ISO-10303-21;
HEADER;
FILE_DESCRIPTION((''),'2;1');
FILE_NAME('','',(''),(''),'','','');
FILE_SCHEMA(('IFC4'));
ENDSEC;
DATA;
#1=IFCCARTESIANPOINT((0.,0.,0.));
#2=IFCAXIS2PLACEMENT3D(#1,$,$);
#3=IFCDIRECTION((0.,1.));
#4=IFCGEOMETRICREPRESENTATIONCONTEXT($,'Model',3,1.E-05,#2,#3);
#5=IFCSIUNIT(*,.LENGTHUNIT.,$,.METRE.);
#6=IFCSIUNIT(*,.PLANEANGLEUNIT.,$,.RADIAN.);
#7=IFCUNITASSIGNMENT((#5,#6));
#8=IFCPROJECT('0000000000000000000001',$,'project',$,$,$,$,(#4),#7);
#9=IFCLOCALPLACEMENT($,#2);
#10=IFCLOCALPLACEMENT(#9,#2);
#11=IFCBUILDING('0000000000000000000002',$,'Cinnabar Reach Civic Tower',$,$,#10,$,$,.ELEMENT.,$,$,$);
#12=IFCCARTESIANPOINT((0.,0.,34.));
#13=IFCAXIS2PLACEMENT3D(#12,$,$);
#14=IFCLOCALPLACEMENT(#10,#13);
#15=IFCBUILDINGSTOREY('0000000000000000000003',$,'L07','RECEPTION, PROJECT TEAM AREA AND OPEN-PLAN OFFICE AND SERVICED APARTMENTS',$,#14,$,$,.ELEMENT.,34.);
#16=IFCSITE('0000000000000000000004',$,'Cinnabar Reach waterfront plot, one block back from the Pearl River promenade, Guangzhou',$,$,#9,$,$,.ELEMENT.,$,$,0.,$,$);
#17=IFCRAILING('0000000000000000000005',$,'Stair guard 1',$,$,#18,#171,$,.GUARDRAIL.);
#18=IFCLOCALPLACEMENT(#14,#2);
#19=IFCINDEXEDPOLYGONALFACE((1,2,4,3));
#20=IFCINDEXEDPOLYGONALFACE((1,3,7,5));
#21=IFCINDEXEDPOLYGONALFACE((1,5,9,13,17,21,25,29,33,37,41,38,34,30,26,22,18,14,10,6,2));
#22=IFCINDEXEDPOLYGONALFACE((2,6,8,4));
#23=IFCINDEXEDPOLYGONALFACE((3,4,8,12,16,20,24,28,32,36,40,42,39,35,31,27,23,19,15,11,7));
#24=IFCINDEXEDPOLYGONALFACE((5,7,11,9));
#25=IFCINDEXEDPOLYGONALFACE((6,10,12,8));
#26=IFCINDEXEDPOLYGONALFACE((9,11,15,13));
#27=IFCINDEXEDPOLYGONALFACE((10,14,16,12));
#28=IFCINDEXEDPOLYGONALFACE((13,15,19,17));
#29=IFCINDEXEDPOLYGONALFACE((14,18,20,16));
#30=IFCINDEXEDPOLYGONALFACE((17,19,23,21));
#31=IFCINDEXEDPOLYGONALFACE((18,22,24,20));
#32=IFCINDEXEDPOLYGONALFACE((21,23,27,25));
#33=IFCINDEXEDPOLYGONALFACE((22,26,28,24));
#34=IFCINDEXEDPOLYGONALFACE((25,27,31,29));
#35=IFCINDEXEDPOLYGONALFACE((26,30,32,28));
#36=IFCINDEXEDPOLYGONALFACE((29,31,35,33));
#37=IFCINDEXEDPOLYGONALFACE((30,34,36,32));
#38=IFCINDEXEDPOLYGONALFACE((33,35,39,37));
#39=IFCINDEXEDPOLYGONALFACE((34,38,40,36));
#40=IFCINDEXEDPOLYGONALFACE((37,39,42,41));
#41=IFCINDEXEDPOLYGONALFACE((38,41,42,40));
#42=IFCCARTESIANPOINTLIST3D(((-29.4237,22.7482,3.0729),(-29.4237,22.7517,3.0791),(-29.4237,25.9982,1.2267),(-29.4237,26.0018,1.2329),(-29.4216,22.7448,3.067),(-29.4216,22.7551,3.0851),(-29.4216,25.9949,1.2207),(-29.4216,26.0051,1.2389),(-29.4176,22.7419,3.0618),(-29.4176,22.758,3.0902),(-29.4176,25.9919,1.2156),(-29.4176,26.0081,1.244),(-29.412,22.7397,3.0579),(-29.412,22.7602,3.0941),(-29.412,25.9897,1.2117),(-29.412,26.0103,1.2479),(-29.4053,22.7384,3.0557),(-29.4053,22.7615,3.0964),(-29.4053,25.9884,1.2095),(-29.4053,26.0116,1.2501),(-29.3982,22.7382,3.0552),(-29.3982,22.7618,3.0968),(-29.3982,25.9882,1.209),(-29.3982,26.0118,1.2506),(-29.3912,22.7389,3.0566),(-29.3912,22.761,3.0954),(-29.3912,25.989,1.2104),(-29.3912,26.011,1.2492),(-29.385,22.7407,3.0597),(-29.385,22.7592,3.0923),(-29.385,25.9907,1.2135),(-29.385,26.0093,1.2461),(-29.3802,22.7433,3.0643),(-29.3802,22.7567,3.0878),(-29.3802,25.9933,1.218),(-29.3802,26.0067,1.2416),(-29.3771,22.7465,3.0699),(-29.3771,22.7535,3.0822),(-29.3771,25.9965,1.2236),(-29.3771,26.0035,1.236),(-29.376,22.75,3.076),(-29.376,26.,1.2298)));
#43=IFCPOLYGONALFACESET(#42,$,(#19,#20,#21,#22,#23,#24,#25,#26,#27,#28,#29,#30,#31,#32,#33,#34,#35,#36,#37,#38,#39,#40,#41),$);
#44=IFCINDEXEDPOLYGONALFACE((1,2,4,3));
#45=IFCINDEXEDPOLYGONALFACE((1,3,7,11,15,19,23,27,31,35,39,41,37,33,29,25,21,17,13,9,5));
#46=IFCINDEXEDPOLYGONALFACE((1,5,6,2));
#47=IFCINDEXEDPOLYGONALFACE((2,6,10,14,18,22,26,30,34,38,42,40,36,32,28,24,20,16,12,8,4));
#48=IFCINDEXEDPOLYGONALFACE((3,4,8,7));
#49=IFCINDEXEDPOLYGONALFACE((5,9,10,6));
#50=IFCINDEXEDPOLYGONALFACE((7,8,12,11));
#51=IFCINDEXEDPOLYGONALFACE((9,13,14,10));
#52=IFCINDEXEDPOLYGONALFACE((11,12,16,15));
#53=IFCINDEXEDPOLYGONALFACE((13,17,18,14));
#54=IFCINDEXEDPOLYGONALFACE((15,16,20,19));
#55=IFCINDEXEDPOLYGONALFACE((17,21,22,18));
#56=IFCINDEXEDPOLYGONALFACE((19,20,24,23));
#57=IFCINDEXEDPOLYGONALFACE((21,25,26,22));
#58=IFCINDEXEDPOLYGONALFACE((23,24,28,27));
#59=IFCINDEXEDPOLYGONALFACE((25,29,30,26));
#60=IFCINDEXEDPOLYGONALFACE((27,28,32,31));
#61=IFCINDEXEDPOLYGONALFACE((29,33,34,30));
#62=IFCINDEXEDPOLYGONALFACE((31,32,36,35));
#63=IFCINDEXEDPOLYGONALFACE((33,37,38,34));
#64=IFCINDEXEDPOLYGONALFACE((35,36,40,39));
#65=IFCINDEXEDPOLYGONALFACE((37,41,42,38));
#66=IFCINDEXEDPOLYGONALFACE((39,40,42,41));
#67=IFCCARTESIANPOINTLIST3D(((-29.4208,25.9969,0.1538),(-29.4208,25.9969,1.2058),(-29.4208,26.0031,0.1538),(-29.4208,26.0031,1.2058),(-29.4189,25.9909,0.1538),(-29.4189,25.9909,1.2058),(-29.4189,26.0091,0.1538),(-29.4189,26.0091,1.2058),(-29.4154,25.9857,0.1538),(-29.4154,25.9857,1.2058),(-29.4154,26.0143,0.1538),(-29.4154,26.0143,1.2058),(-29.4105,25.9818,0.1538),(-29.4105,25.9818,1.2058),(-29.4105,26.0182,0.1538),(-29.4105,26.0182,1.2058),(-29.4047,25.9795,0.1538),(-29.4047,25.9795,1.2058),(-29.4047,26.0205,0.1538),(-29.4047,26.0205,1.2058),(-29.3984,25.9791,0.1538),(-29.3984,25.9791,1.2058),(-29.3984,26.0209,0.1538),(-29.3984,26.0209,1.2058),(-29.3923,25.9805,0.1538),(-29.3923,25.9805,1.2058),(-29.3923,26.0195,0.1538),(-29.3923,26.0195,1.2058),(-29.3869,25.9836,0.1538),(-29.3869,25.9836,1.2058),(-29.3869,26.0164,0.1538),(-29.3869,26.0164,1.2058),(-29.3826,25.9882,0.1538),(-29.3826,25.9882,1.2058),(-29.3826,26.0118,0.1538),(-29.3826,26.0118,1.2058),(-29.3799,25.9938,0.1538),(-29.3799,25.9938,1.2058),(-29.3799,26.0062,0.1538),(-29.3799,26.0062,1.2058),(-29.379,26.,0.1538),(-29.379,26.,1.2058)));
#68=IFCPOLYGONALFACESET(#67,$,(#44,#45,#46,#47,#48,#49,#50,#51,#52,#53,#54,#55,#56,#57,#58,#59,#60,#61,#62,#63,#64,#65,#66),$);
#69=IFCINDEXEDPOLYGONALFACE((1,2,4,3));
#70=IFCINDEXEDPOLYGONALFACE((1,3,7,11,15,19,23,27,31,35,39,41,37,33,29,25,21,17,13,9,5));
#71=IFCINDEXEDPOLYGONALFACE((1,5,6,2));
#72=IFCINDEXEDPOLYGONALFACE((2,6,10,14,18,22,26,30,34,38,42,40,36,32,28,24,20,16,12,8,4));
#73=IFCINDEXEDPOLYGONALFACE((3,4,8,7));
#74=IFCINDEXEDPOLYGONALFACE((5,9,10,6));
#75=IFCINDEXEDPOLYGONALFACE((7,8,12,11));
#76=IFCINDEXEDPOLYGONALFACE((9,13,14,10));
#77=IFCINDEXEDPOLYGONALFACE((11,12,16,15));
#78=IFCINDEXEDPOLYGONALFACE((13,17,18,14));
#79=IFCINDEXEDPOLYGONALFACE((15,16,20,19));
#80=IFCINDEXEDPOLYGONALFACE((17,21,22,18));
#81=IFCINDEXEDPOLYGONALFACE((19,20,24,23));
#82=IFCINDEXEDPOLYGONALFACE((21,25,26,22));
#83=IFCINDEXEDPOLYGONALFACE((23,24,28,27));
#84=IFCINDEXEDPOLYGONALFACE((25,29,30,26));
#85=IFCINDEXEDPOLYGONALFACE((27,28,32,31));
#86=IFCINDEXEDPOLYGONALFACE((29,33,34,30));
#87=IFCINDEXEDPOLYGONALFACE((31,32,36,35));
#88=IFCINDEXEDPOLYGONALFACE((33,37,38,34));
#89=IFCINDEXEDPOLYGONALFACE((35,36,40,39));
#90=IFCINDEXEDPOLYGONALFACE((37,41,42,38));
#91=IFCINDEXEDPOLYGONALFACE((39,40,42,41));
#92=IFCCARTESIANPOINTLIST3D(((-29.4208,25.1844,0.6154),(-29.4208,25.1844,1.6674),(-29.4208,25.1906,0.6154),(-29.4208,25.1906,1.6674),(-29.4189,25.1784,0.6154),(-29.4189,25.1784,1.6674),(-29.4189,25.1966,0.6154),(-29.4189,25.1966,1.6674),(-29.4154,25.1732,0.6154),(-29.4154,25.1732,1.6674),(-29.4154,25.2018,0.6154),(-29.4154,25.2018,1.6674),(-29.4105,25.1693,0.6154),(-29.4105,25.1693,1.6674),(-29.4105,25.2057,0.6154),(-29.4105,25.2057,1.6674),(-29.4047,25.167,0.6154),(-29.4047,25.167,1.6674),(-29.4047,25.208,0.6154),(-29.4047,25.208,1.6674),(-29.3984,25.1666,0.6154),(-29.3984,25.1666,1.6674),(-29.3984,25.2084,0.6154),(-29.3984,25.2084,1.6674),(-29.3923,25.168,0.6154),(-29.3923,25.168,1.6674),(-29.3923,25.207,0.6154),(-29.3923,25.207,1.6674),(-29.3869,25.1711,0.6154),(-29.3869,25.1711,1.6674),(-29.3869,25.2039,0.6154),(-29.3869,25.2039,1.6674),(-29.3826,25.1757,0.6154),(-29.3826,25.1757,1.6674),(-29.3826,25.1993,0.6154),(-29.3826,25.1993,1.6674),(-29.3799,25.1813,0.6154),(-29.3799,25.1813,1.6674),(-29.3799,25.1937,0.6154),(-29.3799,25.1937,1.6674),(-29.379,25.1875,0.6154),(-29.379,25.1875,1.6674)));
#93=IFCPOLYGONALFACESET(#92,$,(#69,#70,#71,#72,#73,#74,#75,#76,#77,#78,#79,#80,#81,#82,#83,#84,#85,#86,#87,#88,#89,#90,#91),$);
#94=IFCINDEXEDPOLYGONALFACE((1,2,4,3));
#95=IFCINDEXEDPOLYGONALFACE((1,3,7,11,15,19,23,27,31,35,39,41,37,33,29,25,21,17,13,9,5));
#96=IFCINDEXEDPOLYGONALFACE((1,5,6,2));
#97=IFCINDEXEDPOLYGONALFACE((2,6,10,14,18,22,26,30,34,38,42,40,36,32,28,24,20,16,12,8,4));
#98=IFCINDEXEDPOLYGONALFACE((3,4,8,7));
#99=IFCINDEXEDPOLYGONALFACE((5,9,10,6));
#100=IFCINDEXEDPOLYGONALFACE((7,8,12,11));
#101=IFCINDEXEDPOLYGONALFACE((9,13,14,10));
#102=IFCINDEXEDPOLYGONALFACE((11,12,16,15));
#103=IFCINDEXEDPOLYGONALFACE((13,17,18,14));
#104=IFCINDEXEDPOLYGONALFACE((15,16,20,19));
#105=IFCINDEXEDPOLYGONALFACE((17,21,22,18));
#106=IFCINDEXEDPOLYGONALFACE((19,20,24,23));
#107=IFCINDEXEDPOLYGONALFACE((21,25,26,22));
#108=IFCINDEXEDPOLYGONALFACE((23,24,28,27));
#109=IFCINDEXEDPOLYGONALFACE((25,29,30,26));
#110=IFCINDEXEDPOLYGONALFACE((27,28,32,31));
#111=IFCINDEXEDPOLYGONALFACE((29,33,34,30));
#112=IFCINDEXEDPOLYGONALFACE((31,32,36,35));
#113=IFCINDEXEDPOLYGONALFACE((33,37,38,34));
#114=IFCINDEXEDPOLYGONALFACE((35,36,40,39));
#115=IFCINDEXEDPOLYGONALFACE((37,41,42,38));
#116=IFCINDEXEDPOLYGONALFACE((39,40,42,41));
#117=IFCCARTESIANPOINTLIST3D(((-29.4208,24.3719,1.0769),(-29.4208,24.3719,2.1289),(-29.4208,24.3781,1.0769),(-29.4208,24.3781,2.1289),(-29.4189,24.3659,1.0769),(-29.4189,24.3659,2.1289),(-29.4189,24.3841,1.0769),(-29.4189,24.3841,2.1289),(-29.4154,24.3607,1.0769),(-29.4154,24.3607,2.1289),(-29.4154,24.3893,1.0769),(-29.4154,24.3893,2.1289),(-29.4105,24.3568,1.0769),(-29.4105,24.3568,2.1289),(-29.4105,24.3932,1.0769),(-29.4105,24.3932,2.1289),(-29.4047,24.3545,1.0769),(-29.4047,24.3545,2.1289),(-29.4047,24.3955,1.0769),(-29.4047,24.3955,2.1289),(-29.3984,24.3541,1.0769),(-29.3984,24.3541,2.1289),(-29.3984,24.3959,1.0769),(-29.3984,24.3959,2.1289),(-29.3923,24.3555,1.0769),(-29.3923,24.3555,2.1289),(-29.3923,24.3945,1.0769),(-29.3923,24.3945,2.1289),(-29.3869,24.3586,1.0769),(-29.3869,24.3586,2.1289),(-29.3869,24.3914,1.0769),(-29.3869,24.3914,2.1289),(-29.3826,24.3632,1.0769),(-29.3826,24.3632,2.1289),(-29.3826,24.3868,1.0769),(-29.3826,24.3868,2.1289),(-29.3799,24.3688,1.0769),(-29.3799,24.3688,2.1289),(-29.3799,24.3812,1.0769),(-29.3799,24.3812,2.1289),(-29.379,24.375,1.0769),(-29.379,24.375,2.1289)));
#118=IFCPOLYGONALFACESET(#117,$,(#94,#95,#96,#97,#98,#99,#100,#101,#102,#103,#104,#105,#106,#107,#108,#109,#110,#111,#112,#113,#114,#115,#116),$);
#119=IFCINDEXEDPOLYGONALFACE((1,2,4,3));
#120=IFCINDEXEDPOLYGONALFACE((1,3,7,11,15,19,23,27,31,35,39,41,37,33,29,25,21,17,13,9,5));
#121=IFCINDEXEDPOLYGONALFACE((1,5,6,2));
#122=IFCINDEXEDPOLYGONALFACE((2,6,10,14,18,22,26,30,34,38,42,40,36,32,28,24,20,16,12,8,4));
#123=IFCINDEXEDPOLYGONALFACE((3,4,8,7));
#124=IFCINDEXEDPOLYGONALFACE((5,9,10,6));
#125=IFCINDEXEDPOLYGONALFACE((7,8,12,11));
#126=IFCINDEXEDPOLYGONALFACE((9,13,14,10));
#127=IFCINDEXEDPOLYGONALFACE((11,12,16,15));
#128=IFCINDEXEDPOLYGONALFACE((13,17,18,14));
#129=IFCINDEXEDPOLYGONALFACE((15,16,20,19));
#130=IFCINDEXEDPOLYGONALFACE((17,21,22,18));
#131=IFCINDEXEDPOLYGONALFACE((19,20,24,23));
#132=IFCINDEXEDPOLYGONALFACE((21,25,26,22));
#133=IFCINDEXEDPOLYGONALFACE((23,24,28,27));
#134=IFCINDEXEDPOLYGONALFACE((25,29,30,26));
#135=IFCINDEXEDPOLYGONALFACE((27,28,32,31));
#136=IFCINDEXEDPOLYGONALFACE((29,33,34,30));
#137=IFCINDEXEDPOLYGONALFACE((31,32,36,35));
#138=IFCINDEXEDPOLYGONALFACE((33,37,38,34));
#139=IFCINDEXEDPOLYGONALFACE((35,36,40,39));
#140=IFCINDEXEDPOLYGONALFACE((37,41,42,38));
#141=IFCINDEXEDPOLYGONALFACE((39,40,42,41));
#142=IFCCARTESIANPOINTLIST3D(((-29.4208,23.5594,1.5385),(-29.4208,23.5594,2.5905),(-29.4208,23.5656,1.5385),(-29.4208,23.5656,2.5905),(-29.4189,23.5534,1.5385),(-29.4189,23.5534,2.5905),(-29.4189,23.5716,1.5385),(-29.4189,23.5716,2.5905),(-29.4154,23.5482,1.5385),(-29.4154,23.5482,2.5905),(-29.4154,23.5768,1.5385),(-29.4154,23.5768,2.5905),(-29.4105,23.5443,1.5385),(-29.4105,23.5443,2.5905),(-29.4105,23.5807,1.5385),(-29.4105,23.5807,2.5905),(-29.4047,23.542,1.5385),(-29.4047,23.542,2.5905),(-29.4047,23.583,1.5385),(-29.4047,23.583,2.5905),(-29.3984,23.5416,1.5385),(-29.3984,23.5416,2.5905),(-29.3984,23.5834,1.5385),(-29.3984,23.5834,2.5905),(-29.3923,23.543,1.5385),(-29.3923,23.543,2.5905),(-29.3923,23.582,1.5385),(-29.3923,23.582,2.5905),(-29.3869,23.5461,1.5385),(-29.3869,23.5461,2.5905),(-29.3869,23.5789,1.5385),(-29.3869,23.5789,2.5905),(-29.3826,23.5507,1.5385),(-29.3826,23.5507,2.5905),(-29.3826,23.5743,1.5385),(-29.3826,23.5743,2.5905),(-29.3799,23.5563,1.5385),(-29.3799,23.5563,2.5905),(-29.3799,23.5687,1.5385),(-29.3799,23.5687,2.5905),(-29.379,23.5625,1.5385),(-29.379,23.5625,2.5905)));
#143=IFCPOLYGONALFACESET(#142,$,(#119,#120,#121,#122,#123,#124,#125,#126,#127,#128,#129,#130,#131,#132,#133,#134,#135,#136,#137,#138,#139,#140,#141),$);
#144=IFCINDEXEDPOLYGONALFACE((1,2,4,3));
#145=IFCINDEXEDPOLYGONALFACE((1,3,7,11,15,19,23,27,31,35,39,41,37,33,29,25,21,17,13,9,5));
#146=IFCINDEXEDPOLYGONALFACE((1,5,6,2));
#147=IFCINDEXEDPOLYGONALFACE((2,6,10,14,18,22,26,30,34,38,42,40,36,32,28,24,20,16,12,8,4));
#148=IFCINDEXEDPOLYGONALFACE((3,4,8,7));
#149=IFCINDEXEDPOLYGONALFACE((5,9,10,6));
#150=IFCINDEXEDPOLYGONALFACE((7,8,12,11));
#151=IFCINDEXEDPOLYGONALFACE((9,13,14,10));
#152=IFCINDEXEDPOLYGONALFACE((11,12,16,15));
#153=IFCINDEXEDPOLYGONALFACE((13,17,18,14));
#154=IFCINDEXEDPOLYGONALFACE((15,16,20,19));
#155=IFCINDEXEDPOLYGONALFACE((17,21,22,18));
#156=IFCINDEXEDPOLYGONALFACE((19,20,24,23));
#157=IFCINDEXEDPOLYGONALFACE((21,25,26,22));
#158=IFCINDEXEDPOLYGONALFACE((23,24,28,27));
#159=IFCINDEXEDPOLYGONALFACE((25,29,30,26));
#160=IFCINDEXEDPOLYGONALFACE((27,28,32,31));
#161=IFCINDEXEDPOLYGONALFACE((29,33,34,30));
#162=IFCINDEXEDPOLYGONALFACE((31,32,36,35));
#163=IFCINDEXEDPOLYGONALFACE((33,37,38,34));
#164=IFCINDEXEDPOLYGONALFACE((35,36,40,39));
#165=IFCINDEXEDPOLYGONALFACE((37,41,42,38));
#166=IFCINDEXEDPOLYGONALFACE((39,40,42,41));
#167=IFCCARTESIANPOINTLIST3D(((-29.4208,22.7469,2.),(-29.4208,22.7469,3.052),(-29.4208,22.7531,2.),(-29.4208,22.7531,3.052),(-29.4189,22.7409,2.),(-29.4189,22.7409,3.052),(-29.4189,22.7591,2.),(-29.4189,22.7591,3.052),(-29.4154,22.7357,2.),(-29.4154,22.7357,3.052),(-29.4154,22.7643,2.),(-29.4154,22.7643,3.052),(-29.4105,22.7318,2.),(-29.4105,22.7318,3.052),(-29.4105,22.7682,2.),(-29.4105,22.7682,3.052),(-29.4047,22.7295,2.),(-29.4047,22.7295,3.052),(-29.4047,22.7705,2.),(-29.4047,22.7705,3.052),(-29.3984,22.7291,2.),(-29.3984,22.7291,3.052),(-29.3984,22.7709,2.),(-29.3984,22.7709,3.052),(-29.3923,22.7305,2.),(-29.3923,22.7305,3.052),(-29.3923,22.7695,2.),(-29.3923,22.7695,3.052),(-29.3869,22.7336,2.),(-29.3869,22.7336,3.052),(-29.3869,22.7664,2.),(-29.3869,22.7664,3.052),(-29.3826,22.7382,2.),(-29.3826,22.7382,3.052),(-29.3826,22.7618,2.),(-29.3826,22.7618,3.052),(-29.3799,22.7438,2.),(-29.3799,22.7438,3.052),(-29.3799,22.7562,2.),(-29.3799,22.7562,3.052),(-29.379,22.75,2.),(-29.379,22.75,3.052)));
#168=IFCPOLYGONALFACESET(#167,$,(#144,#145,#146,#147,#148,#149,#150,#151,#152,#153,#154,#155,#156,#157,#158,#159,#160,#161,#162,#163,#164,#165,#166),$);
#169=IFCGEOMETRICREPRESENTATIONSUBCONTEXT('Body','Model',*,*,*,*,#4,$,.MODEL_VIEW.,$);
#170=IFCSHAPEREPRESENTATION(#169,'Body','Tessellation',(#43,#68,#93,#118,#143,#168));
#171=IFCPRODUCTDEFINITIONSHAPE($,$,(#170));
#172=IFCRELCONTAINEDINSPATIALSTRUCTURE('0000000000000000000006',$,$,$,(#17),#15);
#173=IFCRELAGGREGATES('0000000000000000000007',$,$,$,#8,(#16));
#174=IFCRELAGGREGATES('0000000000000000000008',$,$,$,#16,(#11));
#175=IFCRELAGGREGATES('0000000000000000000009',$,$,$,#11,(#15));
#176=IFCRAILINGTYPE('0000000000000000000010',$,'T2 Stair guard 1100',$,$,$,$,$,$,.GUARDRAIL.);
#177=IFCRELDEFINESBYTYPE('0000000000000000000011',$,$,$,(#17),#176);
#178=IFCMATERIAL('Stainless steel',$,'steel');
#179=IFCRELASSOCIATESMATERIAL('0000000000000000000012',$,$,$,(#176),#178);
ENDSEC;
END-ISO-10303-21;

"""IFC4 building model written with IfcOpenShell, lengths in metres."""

from ifc_helpers import new_model, si_unit, direction, frame, origin, origin_2d, place, context, subcontext, project, spatial, circle, extrude, material, type_object, element, save


model = new_model("IFC4")

# Units and contexts
model_context = context("Model", 3, precision=1e-05, world=origin(), true_north=direction((0.0, 1.0)))
body_context = subcontext(model_context, "Body", "Model", "MODEL_VIEW")
ifc_project = project(units=[si_unit("LENGTHUNIT", "METRE"), si_unit("PLANEANGLEUNIT", "RADIAN")], contexts=[model_context])

# Site, building, storey
site_placement = place(None, origin())
site = spatial("IfcSite", under=ifc_project, at=site_placement, Name="Cinnabar Reach waterfront plot, one block back from the Pearl River promenade, Guangzhou", CompositionType="ELEMENT", RefElevation=0.0)
building_placement = place(site_placement, origin())
building = spatial("IfcBuilding", under=site, at=building_placement, Name="Cinnabar Reach Civic Tower", CompositionType="ELEMENT")
storey_placement = place(building_placement, frame((0.0, 0.0, 34.0)))
storey = spatial("IfcBuildingStorey", under=building, at=storey_placement, Name="L07", Description="RECEPTION, PROJECT TEAM AREA AND OPEN-PLAN OFFICE AND SERVICED APARTMENTS", CompositionType="ELEMENT", Elevation=34.0)

# Railing
ifc_material_1 = material(Name="Stainless steel", Category="steel")
railing_type = type_object("IfcRailingType", Name="T2 Stair guard 1100", PredefinedType="GUARDRAIL", material=ifc_material_1)
railing_1_placement = place(storey_placement, frame((-29.4, 26.0, 0.1538)))
element("IfcRailing", 1, at=railing_1_placement, inside=storey, type_object=railing_type, Name="Stair guard 1", PredefinedType="GUARDRAIL", context=body_context, shape_type="SweptSolid", body=[
    extrude(circle(Radius=0.024, at=origin_2d()), frame((0.0, 0.0, 1.076), z_axis=(0.0, -0.869501, 0.49393), x_axis=(1.0, 0.0, 0.0)), (0.0, 0.0, 1.0), 3.7378),
    extrude(circle(Radius=0.021, at=origin_2d()), origin(), (0.0, 0.0, 1.0), 1.052),
    extrude(circle(Radius=0.021, at=origin_2d()), frame((0.0, -0.8125, 0.4616)), (0.0, 0.0, 1.0), 1.052),
    extrude(circle(Radius=0.021, at=origin_2d()), frame((0.0, -1.625, 0.9231)), (0.0, 0.0, 1.0), 1.052),
    extrude(circle(Radius=0.021, at=origin_2d()), frame((0.0, -2.4375, 1.3847)), (0.0, 0.0, 1.0), 1.052),
    extrude(circle(Radius=0.021, at=origin_2d()), frame((0.0, -3.25, 1.8462)), (0.0, 0.0, 1.0), 1.052),
])

save(model, "model.ifc")
